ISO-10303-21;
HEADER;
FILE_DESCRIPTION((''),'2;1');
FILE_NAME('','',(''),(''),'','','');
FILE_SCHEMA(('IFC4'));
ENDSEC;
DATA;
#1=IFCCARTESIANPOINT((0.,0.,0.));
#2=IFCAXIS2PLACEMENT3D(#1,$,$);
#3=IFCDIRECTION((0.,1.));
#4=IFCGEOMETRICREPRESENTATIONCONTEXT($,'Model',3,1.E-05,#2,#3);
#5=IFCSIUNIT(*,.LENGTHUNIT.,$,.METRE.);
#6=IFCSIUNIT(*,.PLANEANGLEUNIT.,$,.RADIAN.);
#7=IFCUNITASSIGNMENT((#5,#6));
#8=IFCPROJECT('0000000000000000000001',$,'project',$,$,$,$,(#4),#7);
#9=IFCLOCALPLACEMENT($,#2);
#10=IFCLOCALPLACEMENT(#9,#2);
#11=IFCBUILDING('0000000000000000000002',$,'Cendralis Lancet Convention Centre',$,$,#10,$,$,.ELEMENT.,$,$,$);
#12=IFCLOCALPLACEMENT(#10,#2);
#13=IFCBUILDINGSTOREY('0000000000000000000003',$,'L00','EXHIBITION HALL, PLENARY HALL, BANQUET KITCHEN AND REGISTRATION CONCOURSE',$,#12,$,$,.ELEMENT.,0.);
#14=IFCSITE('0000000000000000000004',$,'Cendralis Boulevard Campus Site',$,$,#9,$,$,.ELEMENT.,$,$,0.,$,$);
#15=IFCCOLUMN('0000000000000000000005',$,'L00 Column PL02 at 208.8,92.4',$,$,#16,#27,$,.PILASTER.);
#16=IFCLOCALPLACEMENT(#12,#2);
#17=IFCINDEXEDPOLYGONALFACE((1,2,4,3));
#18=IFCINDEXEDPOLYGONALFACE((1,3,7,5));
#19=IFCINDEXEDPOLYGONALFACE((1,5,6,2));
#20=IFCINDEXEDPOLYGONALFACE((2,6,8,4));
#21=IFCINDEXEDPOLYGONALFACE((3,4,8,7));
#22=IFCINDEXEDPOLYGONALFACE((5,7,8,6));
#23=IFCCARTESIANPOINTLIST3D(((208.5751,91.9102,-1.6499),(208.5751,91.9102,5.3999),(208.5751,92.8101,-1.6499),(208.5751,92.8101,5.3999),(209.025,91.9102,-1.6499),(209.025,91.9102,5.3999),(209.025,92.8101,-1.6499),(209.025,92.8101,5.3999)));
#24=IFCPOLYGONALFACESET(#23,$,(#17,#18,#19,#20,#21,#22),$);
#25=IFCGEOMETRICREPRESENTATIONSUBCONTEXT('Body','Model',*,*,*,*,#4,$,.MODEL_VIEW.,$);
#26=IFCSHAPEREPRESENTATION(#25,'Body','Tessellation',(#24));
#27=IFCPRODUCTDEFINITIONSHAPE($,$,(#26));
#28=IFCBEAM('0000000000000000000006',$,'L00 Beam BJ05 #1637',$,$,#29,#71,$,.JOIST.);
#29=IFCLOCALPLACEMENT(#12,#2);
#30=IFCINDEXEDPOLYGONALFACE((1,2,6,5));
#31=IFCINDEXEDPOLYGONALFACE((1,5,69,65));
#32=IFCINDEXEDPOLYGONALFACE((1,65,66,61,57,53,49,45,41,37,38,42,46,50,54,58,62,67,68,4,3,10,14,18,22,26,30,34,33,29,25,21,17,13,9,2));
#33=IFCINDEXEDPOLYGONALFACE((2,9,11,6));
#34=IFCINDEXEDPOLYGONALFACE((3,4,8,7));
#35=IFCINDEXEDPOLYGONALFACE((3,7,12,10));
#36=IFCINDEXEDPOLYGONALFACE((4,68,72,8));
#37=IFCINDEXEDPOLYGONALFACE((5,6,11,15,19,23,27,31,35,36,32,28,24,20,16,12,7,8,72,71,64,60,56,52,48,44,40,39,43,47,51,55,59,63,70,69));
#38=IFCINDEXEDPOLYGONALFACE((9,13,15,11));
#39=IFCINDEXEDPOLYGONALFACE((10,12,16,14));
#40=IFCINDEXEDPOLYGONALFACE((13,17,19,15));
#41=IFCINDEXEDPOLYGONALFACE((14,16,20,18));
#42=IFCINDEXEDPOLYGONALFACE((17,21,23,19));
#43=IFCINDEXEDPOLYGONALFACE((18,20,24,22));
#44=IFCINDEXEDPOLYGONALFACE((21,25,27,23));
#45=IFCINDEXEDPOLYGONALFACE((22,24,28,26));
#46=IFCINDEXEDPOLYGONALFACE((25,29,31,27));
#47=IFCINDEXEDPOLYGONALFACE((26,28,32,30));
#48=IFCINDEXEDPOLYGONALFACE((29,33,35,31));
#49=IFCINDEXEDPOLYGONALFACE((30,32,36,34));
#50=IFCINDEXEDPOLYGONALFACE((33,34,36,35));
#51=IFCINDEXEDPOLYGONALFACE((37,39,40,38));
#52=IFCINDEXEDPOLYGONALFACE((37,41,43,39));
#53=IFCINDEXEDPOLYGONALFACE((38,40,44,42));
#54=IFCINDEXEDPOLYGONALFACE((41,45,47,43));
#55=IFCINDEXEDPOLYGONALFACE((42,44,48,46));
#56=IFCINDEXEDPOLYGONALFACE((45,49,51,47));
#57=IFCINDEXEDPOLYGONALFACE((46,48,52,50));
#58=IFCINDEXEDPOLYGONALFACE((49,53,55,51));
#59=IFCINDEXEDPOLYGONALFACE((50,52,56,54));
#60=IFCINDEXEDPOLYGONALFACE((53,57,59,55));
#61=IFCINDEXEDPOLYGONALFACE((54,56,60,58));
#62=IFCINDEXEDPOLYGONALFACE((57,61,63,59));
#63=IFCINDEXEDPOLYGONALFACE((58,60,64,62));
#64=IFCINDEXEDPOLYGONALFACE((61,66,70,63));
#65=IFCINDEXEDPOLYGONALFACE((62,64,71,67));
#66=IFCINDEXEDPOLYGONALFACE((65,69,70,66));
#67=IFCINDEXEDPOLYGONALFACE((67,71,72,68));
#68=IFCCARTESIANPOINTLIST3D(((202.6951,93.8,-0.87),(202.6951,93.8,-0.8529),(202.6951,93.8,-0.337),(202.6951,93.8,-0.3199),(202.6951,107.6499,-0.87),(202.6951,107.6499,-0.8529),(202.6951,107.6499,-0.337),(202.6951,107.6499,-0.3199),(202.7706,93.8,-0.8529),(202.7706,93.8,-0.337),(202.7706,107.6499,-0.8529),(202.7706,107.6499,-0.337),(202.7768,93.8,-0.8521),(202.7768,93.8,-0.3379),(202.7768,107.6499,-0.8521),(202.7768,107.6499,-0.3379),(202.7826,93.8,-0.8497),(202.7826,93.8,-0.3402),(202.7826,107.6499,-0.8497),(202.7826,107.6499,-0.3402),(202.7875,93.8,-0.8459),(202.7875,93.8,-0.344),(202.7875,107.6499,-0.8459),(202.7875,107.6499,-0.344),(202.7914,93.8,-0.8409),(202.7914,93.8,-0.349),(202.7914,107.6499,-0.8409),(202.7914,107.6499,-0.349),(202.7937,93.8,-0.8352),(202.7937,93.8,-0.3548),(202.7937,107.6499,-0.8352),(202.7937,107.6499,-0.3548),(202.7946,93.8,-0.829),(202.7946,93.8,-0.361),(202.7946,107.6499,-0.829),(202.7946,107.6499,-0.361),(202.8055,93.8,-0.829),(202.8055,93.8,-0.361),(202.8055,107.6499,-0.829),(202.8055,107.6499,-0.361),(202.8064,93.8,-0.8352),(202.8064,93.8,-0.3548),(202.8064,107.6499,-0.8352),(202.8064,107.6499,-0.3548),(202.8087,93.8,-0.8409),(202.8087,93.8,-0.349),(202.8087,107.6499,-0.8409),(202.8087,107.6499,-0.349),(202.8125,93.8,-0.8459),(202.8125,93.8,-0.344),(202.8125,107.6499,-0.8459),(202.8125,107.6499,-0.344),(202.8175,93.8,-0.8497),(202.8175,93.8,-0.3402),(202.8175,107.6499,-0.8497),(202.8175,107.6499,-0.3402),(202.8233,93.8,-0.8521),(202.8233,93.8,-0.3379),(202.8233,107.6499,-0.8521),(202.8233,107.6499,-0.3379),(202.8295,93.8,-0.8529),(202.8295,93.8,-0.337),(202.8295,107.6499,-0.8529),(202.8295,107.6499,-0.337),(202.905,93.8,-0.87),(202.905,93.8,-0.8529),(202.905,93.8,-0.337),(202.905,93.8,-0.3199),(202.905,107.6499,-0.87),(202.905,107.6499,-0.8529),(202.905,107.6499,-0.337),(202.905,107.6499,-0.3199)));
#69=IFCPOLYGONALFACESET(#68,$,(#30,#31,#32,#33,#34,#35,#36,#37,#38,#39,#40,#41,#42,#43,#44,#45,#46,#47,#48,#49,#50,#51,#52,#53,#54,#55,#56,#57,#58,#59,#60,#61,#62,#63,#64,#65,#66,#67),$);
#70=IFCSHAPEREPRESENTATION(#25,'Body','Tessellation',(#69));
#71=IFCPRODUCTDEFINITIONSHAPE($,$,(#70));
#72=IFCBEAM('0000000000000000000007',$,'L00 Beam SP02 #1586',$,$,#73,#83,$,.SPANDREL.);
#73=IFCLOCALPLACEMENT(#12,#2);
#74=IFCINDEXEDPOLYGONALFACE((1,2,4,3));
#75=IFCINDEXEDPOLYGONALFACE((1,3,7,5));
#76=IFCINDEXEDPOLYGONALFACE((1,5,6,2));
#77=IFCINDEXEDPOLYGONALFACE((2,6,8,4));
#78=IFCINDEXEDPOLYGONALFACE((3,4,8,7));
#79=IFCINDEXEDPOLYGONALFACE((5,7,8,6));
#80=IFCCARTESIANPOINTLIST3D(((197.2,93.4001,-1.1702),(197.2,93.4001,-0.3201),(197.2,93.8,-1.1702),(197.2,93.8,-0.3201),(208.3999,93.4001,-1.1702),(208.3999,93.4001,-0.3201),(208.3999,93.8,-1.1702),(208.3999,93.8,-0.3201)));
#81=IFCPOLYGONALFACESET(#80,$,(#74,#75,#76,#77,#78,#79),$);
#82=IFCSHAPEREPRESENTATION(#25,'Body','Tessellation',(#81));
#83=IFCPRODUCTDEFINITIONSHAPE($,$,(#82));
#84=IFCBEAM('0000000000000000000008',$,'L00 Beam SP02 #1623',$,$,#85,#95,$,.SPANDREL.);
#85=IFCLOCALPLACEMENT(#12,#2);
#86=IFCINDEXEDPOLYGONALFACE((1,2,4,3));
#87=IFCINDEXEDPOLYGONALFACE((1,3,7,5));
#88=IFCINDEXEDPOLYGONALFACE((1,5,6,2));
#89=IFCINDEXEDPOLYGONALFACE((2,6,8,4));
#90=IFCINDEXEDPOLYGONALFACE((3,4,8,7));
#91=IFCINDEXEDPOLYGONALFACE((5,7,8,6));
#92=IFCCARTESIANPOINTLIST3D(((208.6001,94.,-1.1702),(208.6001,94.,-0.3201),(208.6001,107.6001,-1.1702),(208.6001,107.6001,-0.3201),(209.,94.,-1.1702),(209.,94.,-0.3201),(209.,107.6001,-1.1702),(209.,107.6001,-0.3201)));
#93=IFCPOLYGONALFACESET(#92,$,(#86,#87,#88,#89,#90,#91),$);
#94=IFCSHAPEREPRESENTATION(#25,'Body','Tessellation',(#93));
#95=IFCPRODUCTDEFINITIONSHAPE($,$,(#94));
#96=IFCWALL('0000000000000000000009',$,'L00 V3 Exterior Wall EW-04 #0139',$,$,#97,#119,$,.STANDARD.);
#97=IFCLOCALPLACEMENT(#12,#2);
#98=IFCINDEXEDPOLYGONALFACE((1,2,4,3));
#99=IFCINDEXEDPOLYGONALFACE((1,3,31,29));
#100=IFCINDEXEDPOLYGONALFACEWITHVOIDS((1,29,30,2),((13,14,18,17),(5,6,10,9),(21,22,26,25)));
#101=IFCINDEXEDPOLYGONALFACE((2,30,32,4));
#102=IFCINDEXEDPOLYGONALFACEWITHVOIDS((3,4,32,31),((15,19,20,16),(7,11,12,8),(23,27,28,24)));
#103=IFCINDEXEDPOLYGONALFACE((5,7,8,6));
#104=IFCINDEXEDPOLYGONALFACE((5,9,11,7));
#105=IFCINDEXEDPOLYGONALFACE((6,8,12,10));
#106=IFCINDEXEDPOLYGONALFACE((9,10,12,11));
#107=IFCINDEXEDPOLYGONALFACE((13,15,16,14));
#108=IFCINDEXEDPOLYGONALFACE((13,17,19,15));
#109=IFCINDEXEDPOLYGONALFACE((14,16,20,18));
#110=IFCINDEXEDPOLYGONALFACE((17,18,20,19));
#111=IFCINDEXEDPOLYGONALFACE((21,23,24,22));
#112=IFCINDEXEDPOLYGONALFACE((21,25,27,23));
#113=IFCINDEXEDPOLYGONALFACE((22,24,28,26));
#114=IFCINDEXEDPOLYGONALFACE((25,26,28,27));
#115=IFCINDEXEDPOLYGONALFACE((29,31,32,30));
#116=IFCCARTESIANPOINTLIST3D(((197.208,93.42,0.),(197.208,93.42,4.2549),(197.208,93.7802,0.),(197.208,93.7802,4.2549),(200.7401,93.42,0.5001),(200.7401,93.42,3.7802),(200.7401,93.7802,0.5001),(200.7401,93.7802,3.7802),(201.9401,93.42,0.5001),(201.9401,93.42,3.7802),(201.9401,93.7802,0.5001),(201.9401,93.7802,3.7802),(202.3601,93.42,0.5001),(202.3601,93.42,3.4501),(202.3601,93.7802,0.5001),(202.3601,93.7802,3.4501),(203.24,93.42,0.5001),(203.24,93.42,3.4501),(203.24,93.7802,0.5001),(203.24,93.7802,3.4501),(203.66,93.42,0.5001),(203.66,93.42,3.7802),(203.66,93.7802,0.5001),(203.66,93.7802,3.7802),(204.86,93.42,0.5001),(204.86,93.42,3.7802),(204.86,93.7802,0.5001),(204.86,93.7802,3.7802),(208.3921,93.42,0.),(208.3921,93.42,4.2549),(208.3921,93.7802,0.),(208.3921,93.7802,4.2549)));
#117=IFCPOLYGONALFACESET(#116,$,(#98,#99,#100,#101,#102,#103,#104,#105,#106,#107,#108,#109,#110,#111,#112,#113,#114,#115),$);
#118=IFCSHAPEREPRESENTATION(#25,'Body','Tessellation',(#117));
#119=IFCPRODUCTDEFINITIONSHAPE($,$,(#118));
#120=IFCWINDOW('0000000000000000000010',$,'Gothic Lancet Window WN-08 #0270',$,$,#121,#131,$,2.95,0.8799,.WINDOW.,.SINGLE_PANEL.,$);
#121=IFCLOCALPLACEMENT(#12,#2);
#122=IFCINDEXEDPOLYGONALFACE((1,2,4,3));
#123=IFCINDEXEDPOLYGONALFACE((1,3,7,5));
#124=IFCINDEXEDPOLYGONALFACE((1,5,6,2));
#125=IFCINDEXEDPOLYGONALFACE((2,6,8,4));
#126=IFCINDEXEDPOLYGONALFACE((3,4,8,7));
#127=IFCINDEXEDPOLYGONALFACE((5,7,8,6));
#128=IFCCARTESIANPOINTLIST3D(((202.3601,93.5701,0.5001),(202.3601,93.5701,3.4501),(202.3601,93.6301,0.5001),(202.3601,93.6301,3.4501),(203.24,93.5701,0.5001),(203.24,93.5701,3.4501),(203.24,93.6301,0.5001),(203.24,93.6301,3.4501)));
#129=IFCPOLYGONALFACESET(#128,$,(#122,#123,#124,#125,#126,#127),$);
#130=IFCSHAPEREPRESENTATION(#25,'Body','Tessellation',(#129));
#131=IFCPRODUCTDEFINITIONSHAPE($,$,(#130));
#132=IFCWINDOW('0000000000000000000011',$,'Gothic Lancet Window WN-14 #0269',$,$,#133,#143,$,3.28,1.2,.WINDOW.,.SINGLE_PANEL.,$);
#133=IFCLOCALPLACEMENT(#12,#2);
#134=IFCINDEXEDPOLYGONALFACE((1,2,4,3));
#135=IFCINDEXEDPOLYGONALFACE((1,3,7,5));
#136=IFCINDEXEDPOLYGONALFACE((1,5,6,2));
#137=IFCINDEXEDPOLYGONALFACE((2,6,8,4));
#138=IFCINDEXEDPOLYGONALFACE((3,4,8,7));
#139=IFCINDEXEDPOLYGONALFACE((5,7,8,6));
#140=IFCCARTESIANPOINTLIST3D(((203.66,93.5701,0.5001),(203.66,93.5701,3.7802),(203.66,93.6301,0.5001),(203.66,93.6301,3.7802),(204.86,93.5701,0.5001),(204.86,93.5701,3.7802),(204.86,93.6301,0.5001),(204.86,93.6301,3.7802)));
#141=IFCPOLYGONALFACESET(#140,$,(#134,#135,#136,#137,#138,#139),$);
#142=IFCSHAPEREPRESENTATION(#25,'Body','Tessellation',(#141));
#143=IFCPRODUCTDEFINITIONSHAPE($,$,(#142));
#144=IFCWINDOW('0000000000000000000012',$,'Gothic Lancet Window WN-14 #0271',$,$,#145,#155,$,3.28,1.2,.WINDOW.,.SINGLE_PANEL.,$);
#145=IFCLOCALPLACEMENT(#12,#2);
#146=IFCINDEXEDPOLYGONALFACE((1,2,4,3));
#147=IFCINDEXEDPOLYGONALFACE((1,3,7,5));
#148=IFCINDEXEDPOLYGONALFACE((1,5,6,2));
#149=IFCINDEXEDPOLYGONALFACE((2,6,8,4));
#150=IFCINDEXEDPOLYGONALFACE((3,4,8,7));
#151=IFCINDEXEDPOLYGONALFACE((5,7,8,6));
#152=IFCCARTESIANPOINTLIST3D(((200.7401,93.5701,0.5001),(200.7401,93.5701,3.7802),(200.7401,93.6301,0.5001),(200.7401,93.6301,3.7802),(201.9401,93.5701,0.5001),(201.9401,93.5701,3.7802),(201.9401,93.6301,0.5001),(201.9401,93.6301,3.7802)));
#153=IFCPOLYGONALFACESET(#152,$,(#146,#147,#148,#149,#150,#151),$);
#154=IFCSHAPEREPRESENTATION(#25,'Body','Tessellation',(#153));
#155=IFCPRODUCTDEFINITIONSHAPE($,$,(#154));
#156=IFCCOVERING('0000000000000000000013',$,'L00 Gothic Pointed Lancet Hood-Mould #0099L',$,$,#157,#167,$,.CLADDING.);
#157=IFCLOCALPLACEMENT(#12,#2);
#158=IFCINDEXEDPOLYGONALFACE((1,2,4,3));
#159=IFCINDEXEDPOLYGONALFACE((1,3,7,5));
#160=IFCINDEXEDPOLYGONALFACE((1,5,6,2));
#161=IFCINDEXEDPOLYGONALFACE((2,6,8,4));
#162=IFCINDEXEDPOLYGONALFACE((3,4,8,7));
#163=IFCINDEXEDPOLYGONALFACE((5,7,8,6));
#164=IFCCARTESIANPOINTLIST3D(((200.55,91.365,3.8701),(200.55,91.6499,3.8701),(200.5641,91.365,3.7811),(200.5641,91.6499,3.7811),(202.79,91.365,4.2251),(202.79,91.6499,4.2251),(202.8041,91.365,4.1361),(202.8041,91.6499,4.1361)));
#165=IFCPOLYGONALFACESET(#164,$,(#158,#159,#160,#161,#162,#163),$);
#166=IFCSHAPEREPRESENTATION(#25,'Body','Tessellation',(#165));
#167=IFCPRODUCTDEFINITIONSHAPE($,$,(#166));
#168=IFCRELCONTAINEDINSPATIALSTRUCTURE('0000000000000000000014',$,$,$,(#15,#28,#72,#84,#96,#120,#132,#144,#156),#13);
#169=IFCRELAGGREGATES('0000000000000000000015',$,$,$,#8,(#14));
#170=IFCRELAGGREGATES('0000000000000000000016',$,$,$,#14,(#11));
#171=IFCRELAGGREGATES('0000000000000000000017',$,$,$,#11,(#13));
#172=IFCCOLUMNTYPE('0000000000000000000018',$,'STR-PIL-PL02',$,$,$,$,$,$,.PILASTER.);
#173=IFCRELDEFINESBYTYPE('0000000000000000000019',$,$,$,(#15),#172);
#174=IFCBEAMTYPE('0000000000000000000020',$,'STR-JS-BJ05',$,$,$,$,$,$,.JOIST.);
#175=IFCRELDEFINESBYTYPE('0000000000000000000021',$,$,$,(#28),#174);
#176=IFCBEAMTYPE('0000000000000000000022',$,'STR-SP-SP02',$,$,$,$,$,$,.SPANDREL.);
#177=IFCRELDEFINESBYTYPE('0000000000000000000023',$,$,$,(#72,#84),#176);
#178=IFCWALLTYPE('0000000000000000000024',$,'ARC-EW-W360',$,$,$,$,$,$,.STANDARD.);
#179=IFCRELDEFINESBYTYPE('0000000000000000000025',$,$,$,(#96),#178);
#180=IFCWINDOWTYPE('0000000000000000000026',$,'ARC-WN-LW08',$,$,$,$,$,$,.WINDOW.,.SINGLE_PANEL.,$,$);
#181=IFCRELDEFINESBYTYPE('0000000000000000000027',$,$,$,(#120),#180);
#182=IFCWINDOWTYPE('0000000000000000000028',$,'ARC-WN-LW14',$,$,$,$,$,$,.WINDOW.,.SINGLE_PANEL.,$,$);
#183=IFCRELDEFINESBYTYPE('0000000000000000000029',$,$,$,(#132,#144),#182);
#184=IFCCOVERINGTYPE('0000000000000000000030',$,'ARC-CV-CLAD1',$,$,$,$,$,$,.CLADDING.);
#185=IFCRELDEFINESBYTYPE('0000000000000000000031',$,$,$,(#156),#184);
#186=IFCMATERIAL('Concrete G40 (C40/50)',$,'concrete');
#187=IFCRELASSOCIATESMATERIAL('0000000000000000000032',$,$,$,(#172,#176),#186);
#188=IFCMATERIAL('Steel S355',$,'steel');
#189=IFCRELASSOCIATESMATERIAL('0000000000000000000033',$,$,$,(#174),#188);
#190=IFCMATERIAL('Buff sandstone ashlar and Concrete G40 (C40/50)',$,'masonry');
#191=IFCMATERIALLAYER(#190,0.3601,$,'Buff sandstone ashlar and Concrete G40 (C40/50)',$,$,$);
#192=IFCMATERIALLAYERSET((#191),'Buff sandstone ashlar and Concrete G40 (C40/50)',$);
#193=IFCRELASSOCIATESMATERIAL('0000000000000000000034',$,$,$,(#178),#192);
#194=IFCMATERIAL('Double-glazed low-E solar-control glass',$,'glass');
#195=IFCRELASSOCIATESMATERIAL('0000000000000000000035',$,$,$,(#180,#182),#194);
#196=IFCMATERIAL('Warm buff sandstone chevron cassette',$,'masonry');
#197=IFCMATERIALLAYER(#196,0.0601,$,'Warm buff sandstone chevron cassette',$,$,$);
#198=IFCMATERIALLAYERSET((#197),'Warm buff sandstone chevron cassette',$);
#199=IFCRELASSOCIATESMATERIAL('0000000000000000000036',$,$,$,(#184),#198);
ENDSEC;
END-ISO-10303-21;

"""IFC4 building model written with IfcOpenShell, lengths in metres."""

from ifc_helpers import new_model, si_unit, direction, frame, frame_2d, origin, origin_2d, place, context, subcontext, project, spatial, polyline, rectangle, i_section, outline, extrude, material, layer, layer_set, material_profile, profile_set, type_object, element, fill, save


model = new_model("IFC4")

# Units and contexts
model_context = context("Model", 3, precision=1e-05, world=origin(), true_north=direction((0.0, 1.0)))
body_context = subcontext(model_context, "Body", "Model", "MODEL_VIEW")
ifc_project = project(units=[si_unit("LENGTHUNIT", "METRE"), si_unit("PLANEANGLEUNIT", "RADIAN")], contexts=[model_context])

# Site, building, storey
site_placement = place(None, origin())
site = spatial("IfcSite", under=ifc_project, at=site_placement, Name="Cendralis Boulevard Campus Site", CompositionType="ELEMENT", RefElevation=0.0)
building_placement = place(site_placement, origin())
building = spatial("IfcBuilding", under=site, at=building_placement, Name="Cendralis Lancet Convention Centre", CompositionType="ELEMENT")
storey_placement = place(building_placement, origin())
storey = spatial("IfcBuildingStorey", under=building, at=storey_placement, Name="L00", Description="EXHIBITION HALL, PLENARY HALL, BANQUET KITCHEN AND REGISTRATION CONCOURSE", CompositionType="ELEMENT", Elevation=0.0)

# Column
ifc_material_1 = material(Name="Concrete G40 (C40/50)", Category="concrete")
ifc_material_profile_1 = material_profile(ifc_material_1, rectangle(XDim=0.45, YDim=0.8999, at=origin_2d()), Name="RC 450x900")
ifc_profile_set_1 = profile_set([ifc_material_profile_1], Name="Concrete G40 (C40/50)")
column_type_1 = type_object("IfcColumnType", Name="STR-PIL-PL02", PredefinedType="PILASTER", material=ifc_profile_set_1)
column_1_placement = place(storey_placement, frame((208.8, 92.3601, -1.6499), z_axis=(0.0, 0.0, 1.0), x_axis=(1.0, 0.0, 0.0)))
element("IfcColumn", 1, at=column_1_placement, inside=storey, type_object=column_type_1, Name="L00 Column PL02 at 208.8,92.4", PredefinedType="PILASTER", context=body_context, shape_type="SweptSolid", body=[
    extrude(rectangle(XDim=0.45, YDim=0.8999, at=origin_2d()), origin(), (0.0, 0.0, 1.0), 7.0498),
])

# Beams
ifc_material_2 = material(Name="Steel S355", Category="steel")
ifc_material_profile_2 = material_profile(ifc_material_2, i_section(OverallWidth=0.21, OverallDepth=0.55, WebThickness=0.011, FlangeThickness=0.0171, FilletRadius=0.0239, at=origin_2d()), Name="IPE 550")
ifc_profile_set_2 = profile_set([ifc_material_profile_2], Name="Steel S355")
beam_type_1 = type_object("IfcBeamType", Name="STR-JS-BJ05", PredefinedType="JOIST", material=ifc_profile_set_2)
beam_1_placement = place(storey_placement, frame((202.8, 93.8, -0.595), z_axis=(0.0, 1.0, 0.0), x_axis=(-1.0, 0.0, 0.0)))
element("IfcBeam", 2, at=beam_1_placement, inside=storey, type_object=beam_type_1, Name="L00 Beam BJ05 #1637", PredefinedType="JOIST", context=body_context, shape_type="SweptSolid", body=[
    extrude(i_section(OverallWidth=0.21, OverallDepth=0.55, WebThickness=0.011, FlangeThickness=0.0171, FilletRadius=0.0239, at=origin_2d()), origin(), (0.0, 0.0, 1.0), 13.8499),
])
ifc_material_profile_3 = material_profile(ifc_material_1, rectangle(XDim=0.3999, YDim=0.8501, at=origin_2d()), Name="RCB 400x850")
ifc_profile_set_3 = profile_set([ifc_material_profile_3], Name="Concrete G40 (C40/50)")
beam_type_2 = type_object("IfcBeamType", Name="STR-SP-SP02", PredefinedType="SPANDREL", material=ifc_profile_set_3)
beam_2_placement = place(storey_placement, frame((197.2, 93.6001, -0.7451), z_axis=(1.0, 0.0, 0.0), x_axis=(0.0, 1.0, 0.0)))
element("IfcBeam", 3, at=beam_2_placement, inside=storey, type_object=beam_type_2, Name="L00 Beam SP02 #1586", PredefinedType="SPANDREL", context=body_context, shape_type="SweptSolid", body=[
    extrude(rectangle(XDim=0.3999, YDim=0.8501, at=origin_2d()), origin(), (0.0, 0.0, 1.0), 11.2),
])
beam_3_placement = place(storey_placement, frame((208.8, 94.0, -0.7451), z_axis=(0.0, 1.0, 0.0), x_axis=(-1.0, 0.0, 0.0)))
element("IfcBeam", 4, at=beam_3_placement, inside=storey, type_object=beam_type_2, Name="L00 Beam SP02 #1623", PredefinedType="SPANDREL", context=body_context, shape_type="SweptSolid", body=[
    extrude(rectangle(XDim=0.3999, YDim=0.8501, at=origin_2d()), origin(), (0.0, 0.0, 1.0), 13.6001),
])

# Wall, openings, windows
ifc_material_3 = material(Name="Buff sandstone ashlar and Concrete G40 (C40/50)", Category="masonry")
ifc_layer_1 = layer(ifc_material_3, 0.3601, Name="Buff sandstone ashlar and Concrete G40 (C40/50)")
ifc_layer_set_1 = layer_set([ifc_layer_1], Name="Buff sandstone ashlar and Concrete G40 (C40/50)")
wall_type = type_object("IfcWallType", Name="ARC-EW-W360", PredefinedType="STANDARD", material=ifc_layer_set_1)
wall_placement = place(storey_placement, frame((208.3921, 93.6001, 0.0), z_axis=(0.0, 0.0, 1.0), x_axis=(-1.0, 0.0, 0.0)))
wall = element("IfcWall", 5, at=wall_placement, inside=storey, type_object=wall_type, Name="L00 V3 Exterior Wall EW-04 #0139", PredefinedType="STANDARD", context=body_context, shape_type="SweptSolid", body=[
    extrude(rectangle(XDim=11.1841, YDim=0.3601, at=frame_2d((5.592, 0.0))), origin(), (0.0, 0.0, 1.0), 4.2549),
])
opening_1_placement = place(wall_placement, frame((3.532, 0.0, 0.5)))
opening_1 = element("IfcOpeningElement", 6, at=opening_1_placement, cuts=wall, PredefinedType="OPENING", context=body_context, shape_type="SweptSolid", body=[
    extrude(rectangle(XDim=1.2, YDim=3.28, at=frame_2d((0.6001, 1.6401))), frame((0.0, 0.1899, 0.0), z_axis=(0.0, -1.0, 0.0), x_axis=(1.0, 0.0, 0.0)), (0.0, 0.0, 1.0), 0.3801),
])
opening_2_placement = place(wall_placement, frame((5.1521, 0.0, 0.5)))
opening_2 = element("IfcOpeningElement", 7, at=opening_2_placement, cuts=wall, PredefinedType="OPENING", context=body_context, shape_type="SweptSolid", body=[
    extrude(rectangle(XDim=0.8799, YDim=2.95, at=frame_2d((0.4399, 1.4751))), frame((0.0, 0.1899, 0.0), z_axis=(0.0, -1.0, 0.0), x_axis=(1.0, 0.0, 0.0)), (0.0, 0.0, 1.0), 0.3801),
])
opening_3_placement = place(wall_placement, frame((6.4519, 0.0, 0.5)))
opening_3 = element("IfcOpeningElement", 8, at=opening_3_placement, cuts=wall, PredefinedType="OPENING", context=body_context, shape_type="SweptSolid", body=[
    extrude(rectangle(XDim=1.2, YDim=3.28, at=frame_2d((0.6001, 1.6401))), frame((0.0, 0.1899, 0.0), z_axis=(0.0, -1.0, 0.0), x_axis=(1.0, 0.0, 0.0)), (0.0, 0.0, 1.0), 0.3801),
])
ifc_material_4 = material(Name="Double-glazed low-E solar-control glass", Category="glass")
window_type_1 = type_object("IfcWindowType", Name="ARC-WN-LW08", PartitioningType="SINGLE_PANEL", PredefinedType="WINDOW", material=ifc_material_4)
window_1_placement = place(opening_2_placement, origin())
window_1 = element("IfcWindow", 9, at=window_1_placement, inside=storey, type_object=window_type_1, Name="Gothic Lancet Window WN-08 #0270", OverallHeight=2.95, OverallWidth=0.8799, PartitioningType="SINGLE_PANEL", PredefinedType="WINDOW", context=body_context, shape_type="SweptSolid", body=[
    extrude(rectangle(XDim=0.8799, YDim=2.95, at=frame_2d((0.4399, 1.4751))), frame((0.0, 0.03, 0.0), z_axis=(0.0, -1.0, 0.0), x_axis=(1.0, 0.0, 0.0)), (0.0, 0.0, 1.0), 0.0601),
])
fill(opening_2, window_1)
window_type_2 = type_object("IfcWindowType", Name="ARC-WN-LW14", PartitioningType="SINGLE_PANEL", PredefinedType="WINDOW", material=ifc_material_4)
window_2_placement = place(opening_1_placement, origin())
window_2 = element("IfcWindow", 10, at=window_2_placement, inside=storey, type_object=window_type_2, Name="Gothic Lancet Window WN-14 #0269", OverallHeight=3.28, OverallWidth=1.2, PartitioningType="SINGLE_PANEL", PredefinedType="WINDOW", context=body_context, shape_type="SweptSolid", body=[
    extrude(rectangle(XDim=1.2, YDim=3.28, at=frame_2d((0.6001, 1.6401))), frame((0.0, 0.03, 0.0), z_axis=(0.0, -1.0, 0.0), x_axis=(1.0, 0.0, 0.0)), (0.0, 0.0, 1.0), 0.0601),
])
fill(opening_1, window_2)
window_3_placement = place(opening_3_placement, origin())
window_3 = element("IfcWindow", 11, at=window_3_placement, inside=storey, type_object=window_type_2, Name="Gothic Lancet Window WN-14 #0271", OverallHeight=3.28, OverallWidth=1.2, PartitioningType="SINGLE_PANEL", PredefinedType="WINDOW", context=body_context, shape_type="SweptSolid", body=[
    extrude(rectangle(XDim=1.2, YDim=3.28, at=frame_2d((0.6001, 1.6401))), frame((0.0, 0.03, 0.0), z_axis=(0.0, -1.0, 0.0), x_axis=(1.0, 0.0, 0.0)), (0.0, 0.0, 1.0), 0.0601),
])
fill(opening_3, window_3)

# Covering
ifc_material_5 = material(Name="Warm buff sandstone chevron cassette", Category="masonry")
ifc_layer_2 = layer(ifc_material_5, 0.0601, Name="Warm buff sandstone chevron cassette")
ifc_layer_set_2 = layer_set([ifc_layer_2], Name="Warm buff sandstone chevron cassette")
covering_type = type_object("IfcCoveringType", Name="ARC-CV-CLAD1", PredefinedType="CLADDING", material=ifc_layer_set_2)
for number, where, z_axis, x_axis, name in (
    (12, (200.55, 91.6499, 3.8701), (-0.156521, 0.0, 0.987675), (0.0, -1.0, 0.0), "L00 Gothic Pointed Lancet Hood-Mould #0099L"),
):
    element("IfcCovering", number, at=place(storey_placement, frame(where, z_axis=z_axis, x_axis=x_axis)), inside=storey, type_object=covering_type, Name=name, PredefinedType="CLADDING", context=body_context, shape_type="SweptSolid", body=[
        extrude(outline(polyline([(0.0, 0.0), (0.2849, 0.0), (0.2849, 2.2679), (0.0, 2.2679), (0.0, 0.0)])), origin(), (0.0, 0.0, -1.0), 0.0901),
    ])

save(model, "model.ifc")
